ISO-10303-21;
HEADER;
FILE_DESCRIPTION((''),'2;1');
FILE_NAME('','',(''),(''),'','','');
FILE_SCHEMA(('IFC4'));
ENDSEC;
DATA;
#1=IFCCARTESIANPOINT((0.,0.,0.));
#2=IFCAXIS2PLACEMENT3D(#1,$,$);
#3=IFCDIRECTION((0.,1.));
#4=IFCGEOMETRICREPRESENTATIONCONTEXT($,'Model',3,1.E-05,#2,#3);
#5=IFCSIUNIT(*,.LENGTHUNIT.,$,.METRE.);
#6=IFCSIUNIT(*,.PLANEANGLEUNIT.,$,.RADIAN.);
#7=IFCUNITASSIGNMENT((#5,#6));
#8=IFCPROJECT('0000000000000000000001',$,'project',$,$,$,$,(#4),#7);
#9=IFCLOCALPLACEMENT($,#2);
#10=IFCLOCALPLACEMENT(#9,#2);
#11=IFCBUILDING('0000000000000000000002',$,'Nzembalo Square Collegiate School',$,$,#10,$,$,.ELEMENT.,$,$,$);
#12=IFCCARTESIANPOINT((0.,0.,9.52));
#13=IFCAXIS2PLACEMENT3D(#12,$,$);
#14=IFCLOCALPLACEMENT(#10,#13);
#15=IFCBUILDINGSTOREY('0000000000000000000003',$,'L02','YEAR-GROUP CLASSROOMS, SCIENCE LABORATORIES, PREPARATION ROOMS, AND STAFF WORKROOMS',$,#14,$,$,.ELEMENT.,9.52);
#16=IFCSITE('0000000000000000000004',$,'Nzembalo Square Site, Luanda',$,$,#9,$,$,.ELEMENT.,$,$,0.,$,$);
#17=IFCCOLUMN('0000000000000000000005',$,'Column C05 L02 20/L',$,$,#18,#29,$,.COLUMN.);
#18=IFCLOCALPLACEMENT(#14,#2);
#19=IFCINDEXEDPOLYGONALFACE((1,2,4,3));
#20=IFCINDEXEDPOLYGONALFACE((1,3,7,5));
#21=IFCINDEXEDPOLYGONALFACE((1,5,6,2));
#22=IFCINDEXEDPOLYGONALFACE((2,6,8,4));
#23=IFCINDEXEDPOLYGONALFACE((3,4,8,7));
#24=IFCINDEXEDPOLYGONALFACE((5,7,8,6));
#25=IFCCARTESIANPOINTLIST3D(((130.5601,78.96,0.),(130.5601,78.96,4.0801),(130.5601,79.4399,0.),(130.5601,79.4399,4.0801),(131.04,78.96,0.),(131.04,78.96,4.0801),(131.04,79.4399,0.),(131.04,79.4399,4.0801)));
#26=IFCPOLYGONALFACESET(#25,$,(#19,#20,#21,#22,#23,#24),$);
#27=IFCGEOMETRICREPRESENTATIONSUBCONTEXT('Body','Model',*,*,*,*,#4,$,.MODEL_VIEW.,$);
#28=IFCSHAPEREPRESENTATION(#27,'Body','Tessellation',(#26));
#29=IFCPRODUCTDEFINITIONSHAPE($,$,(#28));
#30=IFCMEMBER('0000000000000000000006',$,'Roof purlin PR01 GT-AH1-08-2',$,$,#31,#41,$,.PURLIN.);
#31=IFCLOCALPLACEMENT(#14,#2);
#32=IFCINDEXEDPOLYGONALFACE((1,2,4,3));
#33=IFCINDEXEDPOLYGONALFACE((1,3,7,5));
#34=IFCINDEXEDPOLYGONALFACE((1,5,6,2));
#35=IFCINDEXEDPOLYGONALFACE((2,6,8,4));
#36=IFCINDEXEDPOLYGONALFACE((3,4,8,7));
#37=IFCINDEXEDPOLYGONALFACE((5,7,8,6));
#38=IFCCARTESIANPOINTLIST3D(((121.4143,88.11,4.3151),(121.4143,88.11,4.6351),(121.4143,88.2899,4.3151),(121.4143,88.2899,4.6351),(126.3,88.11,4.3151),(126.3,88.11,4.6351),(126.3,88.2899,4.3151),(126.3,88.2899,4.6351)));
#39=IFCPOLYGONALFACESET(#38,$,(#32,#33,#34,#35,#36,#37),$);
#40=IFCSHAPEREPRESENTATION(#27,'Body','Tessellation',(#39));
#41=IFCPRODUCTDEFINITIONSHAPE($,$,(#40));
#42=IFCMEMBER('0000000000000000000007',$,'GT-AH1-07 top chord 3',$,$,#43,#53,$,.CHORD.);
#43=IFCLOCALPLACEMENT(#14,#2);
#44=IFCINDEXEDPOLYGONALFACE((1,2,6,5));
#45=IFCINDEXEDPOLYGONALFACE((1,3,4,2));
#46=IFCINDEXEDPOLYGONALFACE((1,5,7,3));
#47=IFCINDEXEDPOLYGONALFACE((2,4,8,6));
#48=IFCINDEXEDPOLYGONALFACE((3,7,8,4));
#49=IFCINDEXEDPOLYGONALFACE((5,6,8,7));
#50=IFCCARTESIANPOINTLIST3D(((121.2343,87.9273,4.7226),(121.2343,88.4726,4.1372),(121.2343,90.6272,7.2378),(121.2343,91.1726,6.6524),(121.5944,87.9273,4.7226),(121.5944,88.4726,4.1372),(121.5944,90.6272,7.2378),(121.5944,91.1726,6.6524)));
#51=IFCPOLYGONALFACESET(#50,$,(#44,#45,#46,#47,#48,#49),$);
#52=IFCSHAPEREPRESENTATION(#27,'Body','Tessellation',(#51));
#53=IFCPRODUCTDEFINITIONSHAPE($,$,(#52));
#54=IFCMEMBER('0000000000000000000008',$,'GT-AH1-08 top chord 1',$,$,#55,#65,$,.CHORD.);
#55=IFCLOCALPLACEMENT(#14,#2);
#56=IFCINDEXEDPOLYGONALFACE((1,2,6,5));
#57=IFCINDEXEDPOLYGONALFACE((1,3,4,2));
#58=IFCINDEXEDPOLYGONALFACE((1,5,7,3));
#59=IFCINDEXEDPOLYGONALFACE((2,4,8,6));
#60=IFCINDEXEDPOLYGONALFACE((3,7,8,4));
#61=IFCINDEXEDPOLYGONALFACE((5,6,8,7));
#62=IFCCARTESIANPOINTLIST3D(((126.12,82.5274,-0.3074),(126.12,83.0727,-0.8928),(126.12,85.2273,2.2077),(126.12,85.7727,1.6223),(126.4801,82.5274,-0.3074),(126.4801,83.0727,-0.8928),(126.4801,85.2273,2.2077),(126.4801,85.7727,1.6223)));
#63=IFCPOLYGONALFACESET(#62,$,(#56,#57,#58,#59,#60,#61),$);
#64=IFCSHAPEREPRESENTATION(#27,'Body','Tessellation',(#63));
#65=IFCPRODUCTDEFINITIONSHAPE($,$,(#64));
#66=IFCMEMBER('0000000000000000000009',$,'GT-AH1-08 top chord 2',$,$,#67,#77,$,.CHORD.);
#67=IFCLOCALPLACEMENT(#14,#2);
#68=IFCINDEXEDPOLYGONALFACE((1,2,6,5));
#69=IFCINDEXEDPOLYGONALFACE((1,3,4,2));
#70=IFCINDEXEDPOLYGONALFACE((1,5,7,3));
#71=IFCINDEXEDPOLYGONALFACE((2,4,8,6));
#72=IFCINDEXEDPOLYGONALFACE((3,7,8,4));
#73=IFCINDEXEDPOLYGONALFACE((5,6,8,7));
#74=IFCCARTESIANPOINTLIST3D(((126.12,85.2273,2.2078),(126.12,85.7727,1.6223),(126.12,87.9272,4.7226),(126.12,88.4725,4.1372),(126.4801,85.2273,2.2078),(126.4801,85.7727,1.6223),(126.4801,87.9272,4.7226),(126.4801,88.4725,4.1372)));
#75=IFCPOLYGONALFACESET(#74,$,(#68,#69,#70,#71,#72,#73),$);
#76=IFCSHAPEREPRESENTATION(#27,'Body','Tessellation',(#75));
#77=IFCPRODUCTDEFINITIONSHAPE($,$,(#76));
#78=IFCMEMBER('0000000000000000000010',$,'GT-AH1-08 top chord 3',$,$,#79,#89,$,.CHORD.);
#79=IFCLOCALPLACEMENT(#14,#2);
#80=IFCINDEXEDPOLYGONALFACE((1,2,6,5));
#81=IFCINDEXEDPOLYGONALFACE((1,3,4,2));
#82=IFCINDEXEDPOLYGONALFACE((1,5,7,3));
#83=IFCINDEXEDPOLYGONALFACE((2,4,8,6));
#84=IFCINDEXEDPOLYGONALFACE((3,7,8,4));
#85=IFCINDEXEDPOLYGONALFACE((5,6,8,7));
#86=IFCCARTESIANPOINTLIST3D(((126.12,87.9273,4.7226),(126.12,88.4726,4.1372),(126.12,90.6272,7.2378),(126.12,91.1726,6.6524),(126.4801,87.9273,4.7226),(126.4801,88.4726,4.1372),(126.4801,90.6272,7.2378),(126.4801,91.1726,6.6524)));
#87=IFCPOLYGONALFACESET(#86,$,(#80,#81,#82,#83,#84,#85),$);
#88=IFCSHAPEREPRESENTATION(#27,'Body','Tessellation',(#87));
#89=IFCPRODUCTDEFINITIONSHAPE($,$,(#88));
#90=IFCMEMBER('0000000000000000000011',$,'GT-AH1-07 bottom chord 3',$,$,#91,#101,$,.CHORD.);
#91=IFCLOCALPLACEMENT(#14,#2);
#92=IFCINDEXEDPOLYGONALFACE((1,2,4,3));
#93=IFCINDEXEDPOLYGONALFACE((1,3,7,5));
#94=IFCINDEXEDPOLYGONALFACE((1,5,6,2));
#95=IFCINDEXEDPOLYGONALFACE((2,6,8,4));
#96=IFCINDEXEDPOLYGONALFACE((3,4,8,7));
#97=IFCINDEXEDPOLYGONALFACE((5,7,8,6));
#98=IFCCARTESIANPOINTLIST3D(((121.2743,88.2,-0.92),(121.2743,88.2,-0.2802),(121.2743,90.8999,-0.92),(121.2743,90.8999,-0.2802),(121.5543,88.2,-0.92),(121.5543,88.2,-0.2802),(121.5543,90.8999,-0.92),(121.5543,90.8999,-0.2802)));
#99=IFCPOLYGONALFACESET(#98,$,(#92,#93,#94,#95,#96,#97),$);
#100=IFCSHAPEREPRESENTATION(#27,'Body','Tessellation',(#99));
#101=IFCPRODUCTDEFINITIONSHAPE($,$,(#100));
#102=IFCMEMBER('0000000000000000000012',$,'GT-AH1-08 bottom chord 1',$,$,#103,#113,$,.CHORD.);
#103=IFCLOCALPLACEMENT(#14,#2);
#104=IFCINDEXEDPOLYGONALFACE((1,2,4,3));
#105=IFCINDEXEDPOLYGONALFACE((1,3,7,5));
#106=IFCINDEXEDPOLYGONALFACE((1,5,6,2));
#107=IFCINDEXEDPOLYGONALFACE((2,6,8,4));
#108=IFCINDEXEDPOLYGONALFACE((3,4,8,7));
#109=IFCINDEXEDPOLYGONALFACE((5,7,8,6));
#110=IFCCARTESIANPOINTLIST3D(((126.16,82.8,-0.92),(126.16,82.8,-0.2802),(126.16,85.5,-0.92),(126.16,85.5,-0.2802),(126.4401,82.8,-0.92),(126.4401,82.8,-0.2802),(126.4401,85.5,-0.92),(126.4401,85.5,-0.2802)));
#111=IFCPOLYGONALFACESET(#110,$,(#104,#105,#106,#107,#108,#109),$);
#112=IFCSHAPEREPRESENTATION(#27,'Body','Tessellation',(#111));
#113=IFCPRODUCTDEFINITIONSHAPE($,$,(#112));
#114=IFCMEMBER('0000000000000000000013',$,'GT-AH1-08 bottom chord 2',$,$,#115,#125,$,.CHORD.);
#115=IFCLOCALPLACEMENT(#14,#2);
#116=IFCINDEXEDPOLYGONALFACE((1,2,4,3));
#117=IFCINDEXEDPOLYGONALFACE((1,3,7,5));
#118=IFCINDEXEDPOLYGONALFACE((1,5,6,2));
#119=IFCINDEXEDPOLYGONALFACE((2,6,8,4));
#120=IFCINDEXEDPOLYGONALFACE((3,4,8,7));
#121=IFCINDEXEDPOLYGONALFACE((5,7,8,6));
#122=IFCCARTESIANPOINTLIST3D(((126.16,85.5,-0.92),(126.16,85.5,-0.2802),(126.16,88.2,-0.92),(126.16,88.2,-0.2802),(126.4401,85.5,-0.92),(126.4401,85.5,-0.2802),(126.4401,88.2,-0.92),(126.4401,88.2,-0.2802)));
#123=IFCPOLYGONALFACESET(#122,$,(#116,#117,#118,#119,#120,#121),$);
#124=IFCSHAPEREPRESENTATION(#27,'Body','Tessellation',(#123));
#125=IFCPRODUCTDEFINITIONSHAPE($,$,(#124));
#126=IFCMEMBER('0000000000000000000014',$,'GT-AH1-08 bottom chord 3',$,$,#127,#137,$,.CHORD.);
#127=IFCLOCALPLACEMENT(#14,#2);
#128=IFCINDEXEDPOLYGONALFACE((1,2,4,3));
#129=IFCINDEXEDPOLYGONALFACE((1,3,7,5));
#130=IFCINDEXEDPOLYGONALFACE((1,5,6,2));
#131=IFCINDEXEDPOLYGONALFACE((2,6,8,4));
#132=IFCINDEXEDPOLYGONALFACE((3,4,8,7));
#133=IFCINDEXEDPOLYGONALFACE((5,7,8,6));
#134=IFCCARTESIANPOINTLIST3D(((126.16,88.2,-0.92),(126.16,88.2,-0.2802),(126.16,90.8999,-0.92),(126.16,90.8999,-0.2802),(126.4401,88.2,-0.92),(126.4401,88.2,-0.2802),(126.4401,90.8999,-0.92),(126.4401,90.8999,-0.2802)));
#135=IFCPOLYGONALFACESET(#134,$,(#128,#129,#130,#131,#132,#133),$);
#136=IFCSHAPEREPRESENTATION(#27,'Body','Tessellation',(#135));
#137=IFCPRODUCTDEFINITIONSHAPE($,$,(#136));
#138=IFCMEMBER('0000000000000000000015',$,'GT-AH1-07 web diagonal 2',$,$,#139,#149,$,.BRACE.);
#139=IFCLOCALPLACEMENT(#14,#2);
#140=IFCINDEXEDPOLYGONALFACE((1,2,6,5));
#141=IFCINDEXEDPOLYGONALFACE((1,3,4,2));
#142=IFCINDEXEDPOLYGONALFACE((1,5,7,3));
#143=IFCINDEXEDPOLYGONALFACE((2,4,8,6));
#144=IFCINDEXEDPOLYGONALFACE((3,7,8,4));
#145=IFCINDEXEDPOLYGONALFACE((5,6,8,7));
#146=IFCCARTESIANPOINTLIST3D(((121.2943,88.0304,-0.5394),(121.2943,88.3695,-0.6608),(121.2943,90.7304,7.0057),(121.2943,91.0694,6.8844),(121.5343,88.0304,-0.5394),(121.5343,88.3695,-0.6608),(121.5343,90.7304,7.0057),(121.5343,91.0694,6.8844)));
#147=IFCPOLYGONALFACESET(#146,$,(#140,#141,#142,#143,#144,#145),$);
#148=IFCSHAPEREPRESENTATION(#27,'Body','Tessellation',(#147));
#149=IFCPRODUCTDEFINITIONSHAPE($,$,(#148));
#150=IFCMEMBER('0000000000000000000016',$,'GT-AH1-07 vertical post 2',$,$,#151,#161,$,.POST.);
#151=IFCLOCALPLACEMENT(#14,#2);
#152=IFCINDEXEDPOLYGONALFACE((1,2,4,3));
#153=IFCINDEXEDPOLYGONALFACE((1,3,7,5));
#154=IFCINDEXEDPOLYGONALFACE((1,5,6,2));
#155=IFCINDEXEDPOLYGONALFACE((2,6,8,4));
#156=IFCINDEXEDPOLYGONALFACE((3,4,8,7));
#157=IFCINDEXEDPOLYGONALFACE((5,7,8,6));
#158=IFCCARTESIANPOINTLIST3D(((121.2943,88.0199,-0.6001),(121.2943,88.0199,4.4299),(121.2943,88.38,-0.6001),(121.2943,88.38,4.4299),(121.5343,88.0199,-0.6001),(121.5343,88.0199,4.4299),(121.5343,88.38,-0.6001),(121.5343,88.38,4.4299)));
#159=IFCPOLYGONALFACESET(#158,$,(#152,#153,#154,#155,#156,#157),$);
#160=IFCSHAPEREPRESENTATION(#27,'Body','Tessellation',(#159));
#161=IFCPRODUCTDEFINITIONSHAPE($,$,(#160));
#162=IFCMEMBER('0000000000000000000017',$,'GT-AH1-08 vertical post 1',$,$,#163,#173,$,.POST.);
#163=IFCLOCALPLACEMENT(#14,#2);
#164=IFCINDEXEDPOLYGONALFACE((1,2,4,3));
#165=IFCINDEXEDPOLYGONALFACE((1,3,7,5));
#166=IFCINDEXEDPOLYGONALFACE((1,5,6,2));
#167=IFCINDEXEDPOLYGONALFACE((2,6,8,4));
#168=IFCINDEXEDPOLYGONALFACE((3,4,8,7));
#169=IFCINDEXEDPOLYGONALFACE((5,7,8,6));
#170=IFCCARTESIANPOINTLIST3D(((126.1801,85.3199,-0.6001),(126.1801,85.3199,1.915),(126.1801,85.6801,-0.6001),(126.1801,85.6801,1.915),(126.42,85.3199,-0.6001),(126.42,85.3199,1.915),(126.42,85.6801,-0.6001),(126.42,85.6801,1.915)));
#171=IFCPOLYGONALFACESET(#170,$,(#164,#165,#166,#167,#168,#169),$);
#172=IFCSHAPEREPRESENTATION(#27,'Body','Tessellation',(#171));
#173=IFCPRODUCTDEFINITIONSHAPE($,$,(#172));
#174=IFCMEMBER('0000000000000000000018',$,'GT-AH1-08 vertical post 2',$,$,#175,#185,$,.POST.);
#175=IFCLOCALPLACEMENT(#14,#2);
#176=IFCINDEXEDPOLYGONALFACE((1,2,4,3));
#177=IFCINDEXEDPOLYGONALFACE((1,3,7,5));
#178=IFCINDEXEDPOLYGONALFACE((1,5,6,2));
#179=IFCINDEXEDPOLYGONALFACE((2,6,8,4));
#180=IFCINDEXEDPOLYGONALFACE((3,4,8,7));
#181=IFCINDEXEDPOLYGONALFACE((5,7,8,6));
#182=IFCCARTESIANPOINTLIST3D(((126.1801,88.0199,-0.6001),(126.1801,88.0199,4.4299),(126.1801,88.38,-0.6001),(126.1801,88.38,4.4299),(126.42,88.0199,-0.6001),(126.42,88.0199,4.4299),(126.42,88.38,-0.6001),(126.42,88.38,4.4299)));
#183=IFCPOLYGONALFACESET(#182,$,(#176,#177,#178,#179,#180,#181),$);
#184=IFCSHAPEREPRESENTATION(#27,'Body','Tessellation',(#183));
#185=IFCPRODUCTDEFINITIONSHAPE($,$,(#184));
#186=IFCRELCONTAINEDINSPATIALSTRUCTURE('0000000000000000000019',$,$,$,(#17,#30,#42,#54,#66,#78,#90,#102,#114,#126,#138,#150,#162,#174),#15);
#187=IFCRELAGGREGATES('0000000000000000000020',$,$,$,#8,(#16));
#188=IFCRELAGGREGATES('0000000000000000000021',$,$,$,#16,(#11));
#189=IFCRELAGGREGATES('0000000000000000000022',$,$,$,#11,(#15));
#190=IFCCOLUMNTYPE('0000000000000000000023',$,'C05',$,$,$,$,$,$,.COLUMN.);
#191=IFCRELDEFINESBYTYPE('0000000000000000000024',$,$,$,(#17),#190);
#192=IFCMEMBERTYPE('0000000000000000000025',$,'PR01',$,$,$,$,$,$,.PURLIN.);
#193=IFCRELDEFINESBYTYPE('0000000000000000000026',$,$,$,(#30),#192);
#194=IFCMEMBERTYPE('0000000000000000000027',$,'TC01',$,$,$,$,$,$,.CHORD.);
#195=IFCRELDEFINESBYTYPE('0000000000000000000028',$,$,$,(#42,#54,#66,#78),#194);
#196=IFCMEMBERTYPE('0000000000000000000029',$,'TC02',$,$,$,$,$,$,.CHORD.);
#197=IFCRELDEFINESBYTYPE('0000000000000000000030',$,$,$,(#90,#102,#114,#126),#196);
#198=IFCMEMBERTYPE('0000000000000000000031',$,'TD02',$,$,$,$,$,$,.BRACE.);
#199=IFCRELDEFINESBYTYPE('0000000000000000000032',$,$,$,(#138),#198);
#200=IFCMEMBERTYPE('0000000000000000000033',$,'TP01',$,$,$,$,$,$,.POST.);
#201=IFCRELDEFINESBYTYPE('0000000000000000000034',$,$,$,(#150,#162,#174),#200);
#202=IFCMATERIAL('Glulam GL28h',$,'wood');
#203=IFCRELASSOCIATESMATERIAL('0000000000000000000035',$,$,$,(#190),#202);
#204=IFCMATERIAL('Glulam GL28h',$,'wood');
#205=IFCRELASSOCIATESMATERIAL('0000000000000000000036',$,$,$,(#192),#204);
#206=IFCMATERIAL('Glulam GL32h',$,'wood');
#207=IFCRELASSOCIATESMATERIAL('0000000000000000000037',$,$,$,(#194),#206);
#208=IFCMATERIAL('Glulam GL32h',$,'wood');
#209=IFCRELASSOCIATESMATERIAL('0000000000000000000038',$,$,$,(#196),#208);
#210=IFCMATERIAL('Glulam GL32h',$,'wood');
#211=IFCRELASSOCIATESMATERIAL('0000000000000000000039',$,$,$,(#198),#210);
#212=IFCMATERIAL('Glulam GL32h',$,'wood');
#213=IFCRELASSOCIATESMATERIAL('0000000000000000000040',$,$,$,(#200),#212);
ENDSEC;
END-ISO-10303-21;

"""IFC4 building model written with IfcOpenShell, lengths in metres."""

from ifc_helpers import new_model, si_unit, direction, frame, origin, origin_2d, place, context, subcontext, project, spatial, rectangle, extrude, material, material_profile, profile_set, type_object, element, save


model = new_model("IFC4")

# Units and contexts
model_context = context("Model", 3, precision=1e-05, world=origin(), true_north=direction((0.0, 1.0)))
body_context = subcontext(model_context, "Body", "Model", "MODEL_VIEW")
ifc_project = project(units=[si_unit("LENGTHUNIT", "METRE"), si_unit("PLANEANGLEUNIT", "RADIAN")], contexts=[model_context])

# Site, building, storey
site_placement = place(None, origin())
site = spatial("IfcSite", under=ifc_project, at=site_placement, Name="Nzembalo Square Site, Luanda", CompositionType="ELEMENT", RefElevation=0.0)
building_placement = place(site_placement, origin())
building = spatial("IfcBuilding", under=site, at=building_placement, Name="Nzembalo Square Collegiate School", CompositionType="ELEMENT")
storey_placement = place(building_placement, frame((0.0, 0.0, 9.52)))
storey = spatial("IfcBuildingStorey", under=building, at=storey_placement, Name="L02", Description="YEAR-GROUP CLASSROOMS, SCIENCE LABORATORIES, PREPARATION ROOMS, AND STAFF WORKROOMS", CompositionType="ELEMENT", Elevation=9.52)

# Column
ifc_material_1 = material(Name="Glulam GL28h", Category="wood")
ifc_material_profile_1 = material_profile(ifc_material_1, rectangle(XDim=0.48, YDim=0.48, at=origin_2d()), Name="GL28h 480x480")
ifc_profile_set_1 = profile_set([ifc_material_profile_1], Name="Glulam GL28h")
column_type = type_object("IfcColumnType", Name="C05", PredefinedType="COLUMN", material=ifc_profile_set_1)
column_placement = place(storey_placement, frame((130.8, 79.2, 0.0), z_axis=(0.0, 0.0, 1.0), x_axis=(1.0, 0.0, 0.0)))
element("IfcColumn", 1, at=column_placement, inside=storey, type_object=column_type, Name="Column C05 L02 20/L", PredefinedType="COLUMN", context=body_context, shape_type="SweptSolid", body=[
    extrude(rectangle(XDim=0.48, YDim=0.48, at=origin_2d()), origin(), (0.0, 0.0, 1.0), 4.0801),
])

# Members
ifc_material_2 = material(Name="Glulam GL28h", Category="wood")
ifc_material_profile_2 = material_profile(ifc_material_2, rectangle(XDim=0.1799, YDim=0.3201, at=origin_2d()), Name="GL28h 180x320")
ifc_profile_set_2 = profile_set([ifc_material_profile_2], Name="Glulam GL28h")
member_type_1 = type_object("IfcMemberType", Name="PR01", PredefinedType="PURLIN", material=ifc_profile_set_2)
member_1_placement = place(storey_placement, frame((121.4143, 88.2, 4.4751), z_axis=(1.0, 0.0, 0.0), x_axis=(0.0, 1.0, 0.0)))
element("IfcMember", 2, at=member_1_placement, inside=storey, type_object=member_type_1, Name="Roof purlin PR01 GT-AH1-08-2", PredefinedType="PURLIN", context=body_context, shape_type="SweptSolid", body=[
    extrude(rectangle(XDim=0.1799, YDim=0.3201, at=origin_2d()), origin(), (0.0, 0.0, 1.0), 4.8857),
])
ifc_material_3 = material(Name="Glulam GL32h", Category="wood")
ifc_material_profile_3 = material_profile(ifc_material_3, rectangle(XDim=0.3601, YDim=0.8, at=origin_2d()), Name="GL32h 360x800")
ifc_profile_set_3 = profile_set([ifc_material_profile_3], Name="Glulam GL32h")
member_type_2 = type_object("IfcMemberType", Name="TC01", PredefinedType="CHORD", material=ifc_profile_set_3)
for number, where, z_axis, x_axis, name in (
    (3, (121.4143, 88.2, 4.4299), (0.0, 0.731706, 0.68162), (-1.0, 0.0, 0.0), "GT-AH1-07 top chord 3"),
    (4, (126.3, 82.8, -0.6001), (0.0, 0.731706, 0.68162), (-1.0, 0.0, 0.0), "GT-AH1-08 top chord 1"),
):
    element("IfcMember", number, at=place(storey_placement, frame(where, z_axis=z_axis, x_axis=x_axis)), inside=storey, type_object=member_type_2, Name=name, PredefinedType="CHORD", context=body_context, shape_type="SweptSolid", body=[
        extrude(rectangle(XDim=0.3601, YDim=0.8, at=origin_2d()), origin(), (0.0, 0.0, 1.0), 3.6899),
    ])
member_2_placement = place(storey_placement, frame((126.3, 85.5, 1.915), z_axis=(0.0, 0.731739, 0.681585), x_axis=(-1.0, 0.0, 0.0)))
element("IfcMember", 5, at=member_2_placement, inside=storey, type_object=member_type_2, Name="GT-AH1-08 top chord 2", PredefinedType="CHORD", context=body_context, shape_type="SweptSolid", body=[
    extrude(rectangle(XDim=0.3601, YDim=0.8, at=origin_2d()), origin(), (0.0, 0.0, 1.0), 3.6897),
])
member_3_placement = place(storey_placement, frame((126.3, 88.2, 4.4299), z_axis=(0.0, 0.731706, 0.68162), x_axis=(-1.0, 0.0, 0.0)))
element("IfcMember", 6, at=member_3_placement, inside=storey, type_object=member_type_2, Name="GT-AH1-08 top chord 3", PredefinedType="CHORD", context=body_context, shape_type="SweptSolid", body=[
    extrude(rectangle(XDim=0.3601, YDim=0.8, at=origin_2d()), origin(), (0.0, 0.0, 1.0), 3.6899),
])
ifc_material_4 = material(Name="Glulam GL32h", Category="wood")
ifc_material_profile_4 = material_profile(ifc_material_4, rectangle(XDim=0.28, YDim=0.6399, at=origin_2d()), Name="GL32h 280x640")
ifc_profile_set_4 = profile_set([ifc_material_profile_4], Name="Glulam GL32h")
member_type_3 = type_object("IfcMemberType", Name="TC02", PredefinedType="CHORD", material=ifc_profile_set_4)
for number, where, z_axis, x_axis, name in (
    (7, (121.4143, 88.2, -0.6001), (0.0, 1.0, 0.0), (-1.0, 0.0, 0.0), "GT-AH1-07 bottom chord 3"),
    (8, (126.3, 82.8, -0.6001), (0.0, 1.0, 0.0), (-1.0, 0.0, 0.0), "GT-AH1-08 bottom chord 1"),
    (9, (126.3, 85.5, -0.6001), (0.0, 1.0, 0.0), (-1.0, 0.0, 0.0), "GT-AH1-08 bottom chord 2"),
    (10, (126.3, 88.2, -0.6001), (0.0, 1.0, 0.0), (-1.0, 0.0, 0.0), "GT-AH1-08 bottom chord 3"),
):
    element("IfcMember", number, at=place(storey_placement, frame(where, z_axis=z_axis, x_axis=x_axis)), inside=storey, type_object=member_type_3, Name=name, PredefinedType="CHORD", context=body_context, shape_type="SweptSolid", body=[
        extrude(rectangle(XDim=0.28, YDim=0.6399, at=origin_2d()), origin(), (0.0, 0.0, 1.0), 2.7),
    ])
ifc_material_5 = material(Name="Glulam GL32h", Category="wood")
ifc_material_profile_5 = material_profile(ifc_material_5, rectangle(XDim=0.24, YDim=0.3601, at=origin_2d()), Name="GL32h 240x360")
ifc_profile_set_5 = profile_set([ifc_material_profile_5], Name="Glulam GL32h")
member_type_4 = type_object("IfcMemberType", Name="TD02", PredefinedType="BRACE", material=ifc_profile_set_5)
member_4_placement = place(storey_placement, frame((121.4143, 88.2, -0.6001), z_axis=(0.0, 0.336917, 0.941534), x_axis=(-1.0, 0.0, 0.0)))
element("IfcMember", 11, at=member_4_placement, inside=storey, type_object=member_type_4, Name="GT-AH1-07 web diagonal 2", PredefinedType="BRACE", context=body_context, shape_type="SweptSolid", body=[
    extrude(rectangle(XDim=0.24, YDim=0.3601, at=origin_2d()), origin(), (0.0, 0.0, 1.0), 8.0137),
])
ifc_material_6 = material(Name="Glulam GL32h", Category="wood")
ifc_material_profile_6 = material_profile(ifc_material_6, rectangle(XDim=0.24, YDim=0.3601, at=origin_2d()), Name="GL32h 240x360")
ifc_profile_set_6 = profile_set([ifc_material_profile_6], Name="Glulam GL32h")
member_type_5 = type_object("IfcMemberType", Name="TP01", PredefinedType="POST", material=ifc_profile_set_6)
member_5_placement = place(storey_placement, frame((121.4143, 88.2, -0.6001), z_axis=(0.0, 0.0, 1.0), x_axis=(1.0, 0.0, 0.0)))
element("IfcMember", 12, at=member_5_placement, inside=storey, type_object=member_type_5, Name="GT-AH1-07 vertical post 2", PredefinedType="POST", context=body_context, shape_type="SweptSolid", body=[
    extrude(rectangle(XDim=0.24, YDim=0.3601, at=origin_2d()), origin(), (0.0, 0.0, 1.0), 5.03),
])
member_6_placement = place(storey_placement, frame((126.3, 85.5, -0.6001), z_axis=(0.0, 0.0, 1.0), x_axis=(1.0, 0.0, 0.0)))
element("IfcMember", 13, at=member_6_placement, inside=storey, type_object=member_type_5, Name="GT-AH1-08 vertical post 1", PredefinedType="POST", context=body_context, shape_type="SweptSolid", body=[
    extrude(rectangle(XDim=0.24, YDim=0.3601, at=origin_2d()), origin(), (0.0, 0.0, 1.0), 2.5151),
])
member_7_placement = place(storey_placement, frame((126.3, 88.2, -0.6001), z_axis=(0.0, 0.0, 1.0), x_axis=(1.0, 0.0, 0.0)))
element("IfcMember", 14, at=member_7_placement, inside=storey, type_object=member_type_5, Name="GT-AH1-08 vertical post 2", PredefinedType="POST", context=body_context, shape_type="SweptSolid", body=[
    extrude(rectangle(XDim=0.24, YDim=0.3601, at=origin_2d()), origin(), (0.0, 0.0, 1.0), 5.03),
])

save(model, "model.ifc")
